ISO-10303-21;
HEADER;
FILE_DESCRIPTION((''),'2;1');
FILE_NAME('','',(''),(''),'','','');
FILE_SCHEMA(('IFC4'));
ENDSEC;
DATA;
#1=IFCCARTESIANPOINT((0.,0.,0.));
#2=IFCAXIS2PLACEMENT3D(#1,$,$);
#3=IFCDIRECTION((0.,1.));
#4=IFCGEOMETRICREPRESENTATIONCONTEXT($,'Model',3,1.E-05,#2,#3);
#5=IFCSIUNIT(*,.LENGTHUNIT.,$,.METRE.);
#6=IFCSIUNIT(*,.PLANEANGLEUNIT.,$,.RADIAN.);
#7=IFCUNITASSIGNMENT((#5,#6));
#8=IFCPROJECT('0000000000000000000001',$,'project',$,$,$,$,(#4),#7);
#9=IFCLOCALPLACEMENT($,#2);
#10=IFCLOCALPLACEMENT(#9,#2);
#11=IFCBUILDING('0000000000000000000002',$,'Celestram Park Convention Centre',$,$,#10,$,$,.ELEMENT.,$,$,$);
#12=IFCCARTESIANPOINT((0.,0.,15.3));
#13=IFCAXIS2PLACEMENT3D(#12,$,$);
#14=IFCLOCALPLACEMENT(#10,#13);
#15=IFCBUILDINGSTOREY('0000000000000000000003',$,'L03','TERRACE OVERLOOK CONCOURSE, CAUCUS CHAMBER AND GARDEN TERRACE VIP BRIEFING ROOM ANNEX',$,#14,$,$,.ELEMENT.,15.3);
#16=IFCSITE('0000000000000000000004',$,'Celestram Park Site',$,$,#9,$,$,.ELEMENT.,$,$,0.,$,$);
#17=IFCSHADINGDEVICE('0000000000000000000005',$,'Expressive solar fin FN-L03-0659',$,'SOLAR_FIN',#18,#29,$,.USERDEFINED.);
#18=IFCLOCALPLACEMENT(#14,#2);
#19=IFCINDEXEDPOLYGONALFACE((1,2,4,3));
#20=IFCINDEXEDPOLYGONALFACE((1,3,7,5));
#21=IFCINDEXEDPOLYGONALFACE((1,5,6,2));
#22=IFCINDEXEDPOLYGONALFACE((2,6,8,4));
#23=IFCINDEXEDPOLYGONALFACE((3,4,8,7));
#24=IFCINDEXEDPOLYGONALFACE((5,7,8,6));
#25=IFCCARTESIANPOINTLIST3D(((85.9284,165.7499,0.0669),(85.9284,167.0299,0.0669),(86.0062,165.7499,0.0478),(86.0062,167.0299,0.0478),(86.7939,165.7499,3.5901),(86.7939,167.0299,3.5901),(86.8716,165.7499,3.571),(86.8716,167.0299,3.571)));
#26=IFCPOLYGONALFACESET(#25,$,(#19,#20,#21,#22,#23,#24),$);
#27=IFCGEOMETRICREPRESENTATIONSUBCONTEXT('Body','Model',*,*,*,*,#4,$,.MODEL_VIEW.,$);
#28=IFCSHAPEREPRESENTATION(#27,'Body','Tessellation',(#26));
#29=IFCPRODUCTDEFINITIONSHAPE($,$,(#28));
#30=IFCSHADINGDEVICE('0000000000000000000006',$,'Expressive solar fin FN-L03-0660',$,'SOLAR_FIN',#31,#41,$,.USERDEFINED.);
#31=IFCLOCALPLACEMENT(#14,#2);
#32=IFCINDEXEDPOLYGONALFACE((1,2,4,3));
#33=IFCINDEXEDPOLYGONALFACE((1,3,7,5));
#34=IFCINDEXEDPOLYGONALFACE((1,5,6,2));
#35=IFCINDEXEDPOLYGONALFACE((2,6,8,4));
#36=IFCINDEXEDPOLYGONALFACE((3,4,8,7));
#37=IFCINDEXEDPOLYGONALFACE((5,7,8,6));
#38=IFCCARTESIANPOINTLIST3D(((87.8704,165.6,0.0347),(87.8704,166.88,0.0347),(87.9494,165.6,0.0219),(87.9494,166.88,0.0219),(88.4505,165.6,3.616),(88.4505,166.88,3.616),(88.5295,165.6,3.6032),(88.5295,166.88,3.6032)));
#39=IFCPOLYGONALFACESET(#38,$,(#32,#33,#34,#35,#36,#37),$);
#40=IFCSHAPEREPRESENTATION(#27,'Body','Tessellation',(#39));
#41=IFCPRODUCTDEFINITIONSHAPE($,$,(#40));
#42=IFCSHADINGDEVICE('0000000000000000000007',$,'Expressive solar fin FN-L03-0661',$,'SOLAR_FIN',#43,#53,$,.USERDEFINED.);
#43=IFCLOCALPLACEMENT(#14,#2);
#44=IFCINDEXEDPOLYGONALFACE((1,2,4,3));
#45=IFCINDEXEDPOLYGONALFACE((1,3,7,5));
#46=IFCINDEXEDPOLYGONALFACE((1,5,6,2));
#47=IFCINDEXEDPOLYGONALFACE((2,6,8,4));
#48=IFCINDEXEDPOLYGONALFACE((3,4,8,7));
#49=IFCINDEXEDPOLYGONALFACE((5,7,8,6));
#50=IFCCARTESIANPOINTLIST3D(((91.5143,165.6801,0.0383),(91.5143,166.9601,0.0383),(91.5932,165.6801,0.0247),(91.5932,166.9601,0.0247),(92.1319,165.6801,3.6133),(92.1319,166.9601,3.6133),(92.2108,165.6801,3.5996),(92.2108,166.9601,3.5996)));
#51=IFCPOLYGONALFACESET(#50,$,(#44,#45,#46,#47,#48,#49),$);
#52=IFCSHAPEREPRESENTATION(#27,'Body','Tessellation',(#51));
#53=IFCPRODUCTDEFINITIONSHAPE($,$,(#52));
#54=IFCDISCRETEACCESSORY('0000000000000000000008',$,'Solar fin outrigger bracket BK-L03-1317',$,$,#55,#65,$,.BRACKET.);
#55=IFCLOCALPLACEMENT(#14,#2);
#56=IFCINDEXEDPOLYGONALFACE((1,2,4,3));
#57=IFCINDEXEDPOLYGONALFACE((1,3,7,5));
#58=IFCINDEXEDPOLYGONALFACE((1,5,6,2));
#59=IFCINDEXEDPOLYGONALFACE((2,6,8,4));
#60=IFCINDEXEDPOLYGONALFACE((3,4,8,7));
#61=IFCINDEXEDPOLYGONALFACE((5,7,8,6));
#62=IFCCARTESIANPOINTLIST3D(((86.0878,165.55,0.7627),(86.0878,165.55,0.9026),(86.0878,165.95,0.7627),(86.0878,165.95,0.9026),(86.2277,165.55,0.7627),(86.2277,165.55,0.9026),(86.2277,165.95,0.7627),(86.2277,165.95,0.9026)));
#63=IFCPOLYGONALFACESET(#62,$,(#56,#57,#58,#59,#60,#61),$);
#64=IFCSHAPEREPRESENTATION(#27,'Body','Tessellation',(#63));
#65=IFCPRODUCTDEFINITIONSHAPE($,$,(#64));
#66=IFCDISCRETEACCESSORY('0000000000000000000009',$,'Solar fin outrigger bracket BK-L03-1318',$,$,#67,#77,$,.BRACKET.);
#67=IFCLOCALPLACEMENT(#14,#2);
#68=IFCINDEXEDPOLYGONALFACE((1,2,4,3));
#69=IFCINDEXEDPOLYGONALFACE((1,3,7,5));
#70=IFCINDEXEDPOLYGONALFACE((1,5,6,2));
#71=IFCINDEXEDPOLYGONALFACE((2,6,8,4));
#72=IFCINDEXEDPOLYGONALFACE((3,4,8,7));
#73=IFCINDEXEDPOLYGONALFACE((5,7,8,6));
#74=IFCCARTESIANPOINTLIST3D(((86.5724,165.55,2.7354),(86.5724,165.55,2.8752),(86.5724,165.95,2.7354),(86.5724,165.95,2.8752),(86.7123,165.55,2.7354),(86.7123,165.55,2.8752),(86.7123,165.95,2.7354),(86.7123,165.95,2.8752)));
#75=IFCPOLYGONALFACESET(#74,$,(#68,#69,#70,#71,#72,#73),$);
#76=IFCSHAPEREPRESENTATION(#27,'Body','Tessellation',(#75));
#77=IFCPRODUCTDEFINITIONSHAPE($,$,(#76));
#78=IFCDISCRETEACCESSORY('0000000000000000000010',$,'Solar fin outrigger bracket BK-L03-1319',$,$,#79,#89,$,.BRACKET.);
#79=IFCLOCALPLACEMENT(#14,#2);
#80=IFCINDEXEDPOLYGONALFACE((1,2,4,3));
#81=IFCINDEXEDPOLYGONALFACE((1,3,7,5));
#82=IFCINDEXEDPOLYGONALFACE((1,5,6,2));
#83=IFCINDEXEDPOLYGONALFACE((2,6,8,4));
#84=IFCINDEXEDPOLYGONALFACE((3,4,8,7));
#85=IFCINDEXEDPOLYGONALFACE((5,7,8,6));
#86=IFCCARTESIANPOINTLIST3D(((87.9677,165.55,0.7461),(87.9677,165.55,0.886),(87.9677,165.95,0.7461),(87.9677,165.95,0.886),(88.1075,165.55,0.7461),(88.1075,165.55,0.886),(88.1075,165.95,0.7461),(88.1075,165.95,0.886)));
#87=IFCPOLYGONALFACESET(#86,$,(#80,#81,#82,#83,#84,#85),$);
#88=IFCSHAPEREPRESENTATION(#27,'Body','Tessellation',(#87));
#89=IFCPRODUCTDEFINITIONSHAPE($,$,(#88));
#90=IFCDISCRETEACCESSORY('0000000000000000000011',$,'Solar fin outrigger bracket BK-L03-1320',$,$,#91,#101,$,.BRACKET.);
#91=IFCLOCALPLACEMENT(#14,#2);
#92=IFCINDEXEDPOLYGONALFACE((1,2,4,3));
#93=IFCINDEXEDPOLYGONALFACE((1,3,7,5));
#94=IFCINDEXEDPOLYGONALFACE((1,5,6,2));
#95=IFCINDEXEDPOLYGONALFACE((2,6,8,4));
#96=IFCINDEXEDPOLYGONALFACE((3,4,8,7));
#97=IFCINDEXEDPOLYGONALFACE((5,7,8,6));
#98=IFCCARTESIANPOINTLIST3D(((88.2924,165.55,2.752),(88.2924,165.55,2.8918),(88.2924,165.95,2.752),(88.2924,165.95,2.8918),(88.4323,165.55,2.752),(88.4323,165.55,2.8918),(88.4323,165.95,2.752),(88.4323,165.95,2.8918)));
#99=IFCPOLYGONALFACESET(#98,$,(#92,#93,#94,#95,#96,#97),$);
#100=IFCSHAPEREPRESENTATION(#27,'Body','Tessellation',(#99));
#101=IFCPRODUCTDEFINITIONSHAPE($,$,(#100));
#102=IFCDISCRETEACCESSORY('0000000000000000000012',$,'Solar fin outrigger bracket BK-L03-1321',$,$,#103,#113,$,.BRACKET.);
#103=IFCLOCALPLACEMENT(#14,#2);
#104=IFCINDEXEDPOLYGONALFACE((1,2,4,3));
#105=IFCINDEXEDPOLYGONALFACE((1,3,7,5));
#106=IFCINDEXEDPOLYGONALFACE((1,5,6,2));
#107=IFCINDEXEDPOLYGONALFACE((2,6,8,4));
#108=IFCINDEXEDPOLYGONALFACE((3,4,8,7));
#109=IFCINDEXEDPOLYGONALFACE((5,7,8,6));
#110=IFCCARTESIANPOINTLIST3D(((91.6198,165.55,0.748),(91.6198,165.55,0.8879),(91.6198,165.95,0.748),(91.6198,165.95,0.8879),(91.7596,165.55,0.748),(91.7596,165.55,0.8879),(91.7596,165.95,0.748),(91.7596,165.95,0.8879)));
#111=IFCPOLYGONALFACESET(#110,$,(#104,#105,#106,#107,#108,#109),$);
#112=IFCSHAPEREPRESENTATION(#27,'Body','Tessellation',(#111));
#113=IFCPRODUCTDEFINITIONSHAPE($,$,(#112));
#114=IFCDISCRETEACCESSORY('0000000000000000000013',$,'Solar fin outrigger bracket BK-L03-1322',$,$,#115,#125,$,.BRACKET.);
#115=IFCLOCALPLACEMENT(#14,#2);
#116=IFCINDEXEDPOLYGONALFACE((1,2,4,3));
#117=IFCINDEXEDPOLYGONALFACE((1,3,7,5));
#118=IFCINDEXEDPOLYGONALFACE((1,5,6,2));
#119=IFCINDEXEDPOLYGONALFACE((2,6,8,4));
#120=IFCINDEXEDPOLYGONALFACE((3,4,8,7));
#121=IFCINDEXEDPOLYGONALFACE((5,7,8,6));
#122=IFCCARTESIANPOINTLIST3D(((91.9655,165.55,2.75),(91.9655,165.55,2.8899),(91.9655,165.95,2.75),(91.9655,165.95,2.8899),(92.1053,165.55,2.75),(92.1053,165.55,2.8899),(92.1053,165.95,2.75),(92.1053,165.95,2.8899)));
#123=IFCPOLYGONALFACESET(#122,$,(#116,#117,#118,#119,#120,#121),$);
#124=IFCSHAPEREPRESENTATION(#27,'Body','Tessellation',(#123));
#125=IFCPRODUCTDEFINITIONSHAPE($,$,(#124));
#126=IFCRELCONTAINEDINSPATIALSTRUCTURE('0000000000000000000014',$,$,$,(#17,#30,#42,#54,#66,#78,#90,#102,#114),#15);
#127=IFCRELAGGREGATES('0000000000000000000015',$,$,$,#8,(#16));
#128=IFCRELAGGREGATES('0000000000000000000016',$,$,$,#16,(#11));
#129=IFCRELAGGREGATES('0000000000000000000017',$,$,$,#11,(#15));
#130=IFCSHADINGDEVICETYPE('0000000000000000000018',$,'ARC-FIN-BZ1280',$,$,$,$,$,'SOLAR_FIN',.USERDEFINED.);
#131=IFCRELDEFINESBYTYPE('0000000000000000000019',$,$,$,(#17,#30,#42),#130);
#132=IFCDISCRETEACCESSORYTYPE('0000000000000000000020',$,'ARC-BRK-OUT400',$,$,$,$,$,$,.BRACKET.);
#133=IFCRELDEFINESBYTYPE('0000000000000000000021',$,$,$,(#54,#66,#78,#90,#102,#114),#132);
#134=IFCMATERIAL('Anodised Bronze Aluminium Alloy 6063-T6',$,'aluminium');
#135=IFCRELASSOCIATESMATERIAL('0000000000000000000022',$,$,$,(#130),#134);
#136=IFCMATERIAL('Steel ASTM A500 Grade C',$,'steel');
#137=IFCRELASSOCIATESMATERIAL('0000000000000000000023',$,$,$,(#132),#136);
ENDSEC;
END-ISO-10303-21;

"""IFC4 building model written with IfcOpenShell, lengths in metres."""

from ifc_helpers import new_model, si_unit, direction, frame, origin, origin_2d, place, context, subcontext, project, spatial, rectangle, extrude, material, material_profile, profile_set, type_object, element, save


model = new_model("IFC4")

# Units and contexts
model_context = context("Model", 3, precision=1e-05, world=origin(), true_north=direction((0.0, 1.0)))
body_context = subcontext(model_context, "Body", "Model", "MODEL_VIEW")
ifc_project = project(units=[si_unit("LENGTHUNIT", "METRE"), si_unit("PLANEANGLEUNIT", "RADIAN")], contexts=[model_context])

# Site, building, storey
site_placement = place(None, origin())
site = spatial("IfcSite", under=ifc_project, at=site_placement, Name="Celestram Park Site", CompositionType="ELEMENT", RefElevation=0.0)
building_placement = place(site_placement, origin())
building = spatial("IfcBuilding", under=site, at=building_placement, Name="Celestram Park Convention Centre", CompositionType="ELEMENT")
storey_placement = place(building_placement, frame((0.0, 0.0, 15.3)))
storey = spatial("IfcBuildingStorey", under=building, at=storey_placement, Name="L03", Description="TERRACE OVERLOOK CONCOURSE, CAUCUS CHAMBER AND GARDEN TERRACE VIP BRIEFING ROOM ANNEX", CompositionType="ELEMENT", Elevation=15.3)

# Shading devices
ifc_material_1 = material(Name="Anodised Bronze Aluminium Alloy 6063-T6", Category="aluminium")
ifc_material_profile_1 = material_profile(ifc_material_1, rectangle(XDim=1.28, YDim=0.0801, at=origin_2d()), Name="FIN1280X80")
ifc_profile_set_1 = profile_set([ifc_material_profile_1], Name="Anodised Bronze Aluminium Alloy 6063-T6")
shading_device_type = type_object("IfcShadingDeviceType", Name="ARC-FIN-BZ1280", ElementType="SOLAR_FIN", PredefinedType="USERDEFINED", material=ifc_profile_set_1)
for number, where, z_axis, x_axis, name in (
    (1, (85.9673, 166.3899, 0.0574), (0.238559, 0.0, 0.971128), (0.0, 1.0, 0.0), "Expressive solar fin FN-L03-0659"),
    (2, (87.9099, 166.24, 0.0283), (0.15989, 0.0, 0.987135), (0.0, 1.0, 0.0), "Expressive solar fin FN-L03-0660"),
    (3, (91.5537, 166.3201, 0.0315), (0.170256, 0.0, 0.9854), (0.0, 1.0, 0.0), "Expressive solar fin FN-L03-0661"),
):
    element("IfcShadingDevice", number, at=place(storey_placement, frame(where, z_axis=z_axis, x_axis=x_axis)), inside=storey, type_object=shading_device_type, Name=name, ObjectType="SOLAR_FIN", PredefinedType="USERDEFINED", context=body_context, shape_type="SweptSolid", body=[
        extrude(rectangle(XDim=1.28, YDim=0.0801, at=origin_2d()), origin(), (0.0, 0.0, 1.0), 3.6279),
    ])

# Discrete accessories
ifc_material_2 = material(Name="Steel ASTM A500 Grade C", Category="steel")
discrete_accessory_type = type_object("IfcDiscreteAccessoryType", Name="ARC-BRK-OUT400", PredefinedType="BRACKET", material=ifc_material_2)
for number, where, z_axis, x_axis, name in (
    (4, (86.1577, 165.75, 0.7627), (0.0, 0.0, 1.0), (0.0, 1.0, 0.0), "Solar fin outrigger bracket BK-L03-1317"),
    (5, (86.6423, 165.75, 2.7354), (0.0, 0.0, 1.0), (0.0, 1.0, 0.0), "Solar fin outrigger bracket BK-L03-1318"),
    (6, (88.0376, 165.75, 0.7461), (0.0, 0.0, 1.0), (0.0, 1.0, 0.0), "Solar fin outrigger bracket BK-L03-1319"),
    (7, (88.3623, 165.75, 2.752), (0.0, 0.0, 1.0), (0.0, 1.0, 0.0), "Solar fin outrigger bracket BK-L03-1320"),
    (8, (91.6897, 165.75, 0.748), (0.0, 0.0, 1.0), (0.0, 1.0, 0.0), "Solar fin outrigger bracket BK-L03-1321"),
    (9, (92.0354, 165.75, 2.75), (0.0, 0.0, 1.0), (0.0, 1.0, 0.0), "Solar fin outrigger bracket BK-L03-1322"),
):
    element("IfcDiscreteAccessory", number, at=place(storey_placement, frame(where, z_axis=z_axis, x_axis=x_axis)), inside=storey, type_object=discrete_accessory_type, Name=name, PredefinedType="BRACKET", context=body_context, shape_type="SweptSolid", body=[
        extrude(rectangle(XDim=0.3999, YDim=0.1399, at=origin_2d()), origin(), (0.0, 0.0, 1.0), 0.1399),
    ])

save(model, "model.ifc")
